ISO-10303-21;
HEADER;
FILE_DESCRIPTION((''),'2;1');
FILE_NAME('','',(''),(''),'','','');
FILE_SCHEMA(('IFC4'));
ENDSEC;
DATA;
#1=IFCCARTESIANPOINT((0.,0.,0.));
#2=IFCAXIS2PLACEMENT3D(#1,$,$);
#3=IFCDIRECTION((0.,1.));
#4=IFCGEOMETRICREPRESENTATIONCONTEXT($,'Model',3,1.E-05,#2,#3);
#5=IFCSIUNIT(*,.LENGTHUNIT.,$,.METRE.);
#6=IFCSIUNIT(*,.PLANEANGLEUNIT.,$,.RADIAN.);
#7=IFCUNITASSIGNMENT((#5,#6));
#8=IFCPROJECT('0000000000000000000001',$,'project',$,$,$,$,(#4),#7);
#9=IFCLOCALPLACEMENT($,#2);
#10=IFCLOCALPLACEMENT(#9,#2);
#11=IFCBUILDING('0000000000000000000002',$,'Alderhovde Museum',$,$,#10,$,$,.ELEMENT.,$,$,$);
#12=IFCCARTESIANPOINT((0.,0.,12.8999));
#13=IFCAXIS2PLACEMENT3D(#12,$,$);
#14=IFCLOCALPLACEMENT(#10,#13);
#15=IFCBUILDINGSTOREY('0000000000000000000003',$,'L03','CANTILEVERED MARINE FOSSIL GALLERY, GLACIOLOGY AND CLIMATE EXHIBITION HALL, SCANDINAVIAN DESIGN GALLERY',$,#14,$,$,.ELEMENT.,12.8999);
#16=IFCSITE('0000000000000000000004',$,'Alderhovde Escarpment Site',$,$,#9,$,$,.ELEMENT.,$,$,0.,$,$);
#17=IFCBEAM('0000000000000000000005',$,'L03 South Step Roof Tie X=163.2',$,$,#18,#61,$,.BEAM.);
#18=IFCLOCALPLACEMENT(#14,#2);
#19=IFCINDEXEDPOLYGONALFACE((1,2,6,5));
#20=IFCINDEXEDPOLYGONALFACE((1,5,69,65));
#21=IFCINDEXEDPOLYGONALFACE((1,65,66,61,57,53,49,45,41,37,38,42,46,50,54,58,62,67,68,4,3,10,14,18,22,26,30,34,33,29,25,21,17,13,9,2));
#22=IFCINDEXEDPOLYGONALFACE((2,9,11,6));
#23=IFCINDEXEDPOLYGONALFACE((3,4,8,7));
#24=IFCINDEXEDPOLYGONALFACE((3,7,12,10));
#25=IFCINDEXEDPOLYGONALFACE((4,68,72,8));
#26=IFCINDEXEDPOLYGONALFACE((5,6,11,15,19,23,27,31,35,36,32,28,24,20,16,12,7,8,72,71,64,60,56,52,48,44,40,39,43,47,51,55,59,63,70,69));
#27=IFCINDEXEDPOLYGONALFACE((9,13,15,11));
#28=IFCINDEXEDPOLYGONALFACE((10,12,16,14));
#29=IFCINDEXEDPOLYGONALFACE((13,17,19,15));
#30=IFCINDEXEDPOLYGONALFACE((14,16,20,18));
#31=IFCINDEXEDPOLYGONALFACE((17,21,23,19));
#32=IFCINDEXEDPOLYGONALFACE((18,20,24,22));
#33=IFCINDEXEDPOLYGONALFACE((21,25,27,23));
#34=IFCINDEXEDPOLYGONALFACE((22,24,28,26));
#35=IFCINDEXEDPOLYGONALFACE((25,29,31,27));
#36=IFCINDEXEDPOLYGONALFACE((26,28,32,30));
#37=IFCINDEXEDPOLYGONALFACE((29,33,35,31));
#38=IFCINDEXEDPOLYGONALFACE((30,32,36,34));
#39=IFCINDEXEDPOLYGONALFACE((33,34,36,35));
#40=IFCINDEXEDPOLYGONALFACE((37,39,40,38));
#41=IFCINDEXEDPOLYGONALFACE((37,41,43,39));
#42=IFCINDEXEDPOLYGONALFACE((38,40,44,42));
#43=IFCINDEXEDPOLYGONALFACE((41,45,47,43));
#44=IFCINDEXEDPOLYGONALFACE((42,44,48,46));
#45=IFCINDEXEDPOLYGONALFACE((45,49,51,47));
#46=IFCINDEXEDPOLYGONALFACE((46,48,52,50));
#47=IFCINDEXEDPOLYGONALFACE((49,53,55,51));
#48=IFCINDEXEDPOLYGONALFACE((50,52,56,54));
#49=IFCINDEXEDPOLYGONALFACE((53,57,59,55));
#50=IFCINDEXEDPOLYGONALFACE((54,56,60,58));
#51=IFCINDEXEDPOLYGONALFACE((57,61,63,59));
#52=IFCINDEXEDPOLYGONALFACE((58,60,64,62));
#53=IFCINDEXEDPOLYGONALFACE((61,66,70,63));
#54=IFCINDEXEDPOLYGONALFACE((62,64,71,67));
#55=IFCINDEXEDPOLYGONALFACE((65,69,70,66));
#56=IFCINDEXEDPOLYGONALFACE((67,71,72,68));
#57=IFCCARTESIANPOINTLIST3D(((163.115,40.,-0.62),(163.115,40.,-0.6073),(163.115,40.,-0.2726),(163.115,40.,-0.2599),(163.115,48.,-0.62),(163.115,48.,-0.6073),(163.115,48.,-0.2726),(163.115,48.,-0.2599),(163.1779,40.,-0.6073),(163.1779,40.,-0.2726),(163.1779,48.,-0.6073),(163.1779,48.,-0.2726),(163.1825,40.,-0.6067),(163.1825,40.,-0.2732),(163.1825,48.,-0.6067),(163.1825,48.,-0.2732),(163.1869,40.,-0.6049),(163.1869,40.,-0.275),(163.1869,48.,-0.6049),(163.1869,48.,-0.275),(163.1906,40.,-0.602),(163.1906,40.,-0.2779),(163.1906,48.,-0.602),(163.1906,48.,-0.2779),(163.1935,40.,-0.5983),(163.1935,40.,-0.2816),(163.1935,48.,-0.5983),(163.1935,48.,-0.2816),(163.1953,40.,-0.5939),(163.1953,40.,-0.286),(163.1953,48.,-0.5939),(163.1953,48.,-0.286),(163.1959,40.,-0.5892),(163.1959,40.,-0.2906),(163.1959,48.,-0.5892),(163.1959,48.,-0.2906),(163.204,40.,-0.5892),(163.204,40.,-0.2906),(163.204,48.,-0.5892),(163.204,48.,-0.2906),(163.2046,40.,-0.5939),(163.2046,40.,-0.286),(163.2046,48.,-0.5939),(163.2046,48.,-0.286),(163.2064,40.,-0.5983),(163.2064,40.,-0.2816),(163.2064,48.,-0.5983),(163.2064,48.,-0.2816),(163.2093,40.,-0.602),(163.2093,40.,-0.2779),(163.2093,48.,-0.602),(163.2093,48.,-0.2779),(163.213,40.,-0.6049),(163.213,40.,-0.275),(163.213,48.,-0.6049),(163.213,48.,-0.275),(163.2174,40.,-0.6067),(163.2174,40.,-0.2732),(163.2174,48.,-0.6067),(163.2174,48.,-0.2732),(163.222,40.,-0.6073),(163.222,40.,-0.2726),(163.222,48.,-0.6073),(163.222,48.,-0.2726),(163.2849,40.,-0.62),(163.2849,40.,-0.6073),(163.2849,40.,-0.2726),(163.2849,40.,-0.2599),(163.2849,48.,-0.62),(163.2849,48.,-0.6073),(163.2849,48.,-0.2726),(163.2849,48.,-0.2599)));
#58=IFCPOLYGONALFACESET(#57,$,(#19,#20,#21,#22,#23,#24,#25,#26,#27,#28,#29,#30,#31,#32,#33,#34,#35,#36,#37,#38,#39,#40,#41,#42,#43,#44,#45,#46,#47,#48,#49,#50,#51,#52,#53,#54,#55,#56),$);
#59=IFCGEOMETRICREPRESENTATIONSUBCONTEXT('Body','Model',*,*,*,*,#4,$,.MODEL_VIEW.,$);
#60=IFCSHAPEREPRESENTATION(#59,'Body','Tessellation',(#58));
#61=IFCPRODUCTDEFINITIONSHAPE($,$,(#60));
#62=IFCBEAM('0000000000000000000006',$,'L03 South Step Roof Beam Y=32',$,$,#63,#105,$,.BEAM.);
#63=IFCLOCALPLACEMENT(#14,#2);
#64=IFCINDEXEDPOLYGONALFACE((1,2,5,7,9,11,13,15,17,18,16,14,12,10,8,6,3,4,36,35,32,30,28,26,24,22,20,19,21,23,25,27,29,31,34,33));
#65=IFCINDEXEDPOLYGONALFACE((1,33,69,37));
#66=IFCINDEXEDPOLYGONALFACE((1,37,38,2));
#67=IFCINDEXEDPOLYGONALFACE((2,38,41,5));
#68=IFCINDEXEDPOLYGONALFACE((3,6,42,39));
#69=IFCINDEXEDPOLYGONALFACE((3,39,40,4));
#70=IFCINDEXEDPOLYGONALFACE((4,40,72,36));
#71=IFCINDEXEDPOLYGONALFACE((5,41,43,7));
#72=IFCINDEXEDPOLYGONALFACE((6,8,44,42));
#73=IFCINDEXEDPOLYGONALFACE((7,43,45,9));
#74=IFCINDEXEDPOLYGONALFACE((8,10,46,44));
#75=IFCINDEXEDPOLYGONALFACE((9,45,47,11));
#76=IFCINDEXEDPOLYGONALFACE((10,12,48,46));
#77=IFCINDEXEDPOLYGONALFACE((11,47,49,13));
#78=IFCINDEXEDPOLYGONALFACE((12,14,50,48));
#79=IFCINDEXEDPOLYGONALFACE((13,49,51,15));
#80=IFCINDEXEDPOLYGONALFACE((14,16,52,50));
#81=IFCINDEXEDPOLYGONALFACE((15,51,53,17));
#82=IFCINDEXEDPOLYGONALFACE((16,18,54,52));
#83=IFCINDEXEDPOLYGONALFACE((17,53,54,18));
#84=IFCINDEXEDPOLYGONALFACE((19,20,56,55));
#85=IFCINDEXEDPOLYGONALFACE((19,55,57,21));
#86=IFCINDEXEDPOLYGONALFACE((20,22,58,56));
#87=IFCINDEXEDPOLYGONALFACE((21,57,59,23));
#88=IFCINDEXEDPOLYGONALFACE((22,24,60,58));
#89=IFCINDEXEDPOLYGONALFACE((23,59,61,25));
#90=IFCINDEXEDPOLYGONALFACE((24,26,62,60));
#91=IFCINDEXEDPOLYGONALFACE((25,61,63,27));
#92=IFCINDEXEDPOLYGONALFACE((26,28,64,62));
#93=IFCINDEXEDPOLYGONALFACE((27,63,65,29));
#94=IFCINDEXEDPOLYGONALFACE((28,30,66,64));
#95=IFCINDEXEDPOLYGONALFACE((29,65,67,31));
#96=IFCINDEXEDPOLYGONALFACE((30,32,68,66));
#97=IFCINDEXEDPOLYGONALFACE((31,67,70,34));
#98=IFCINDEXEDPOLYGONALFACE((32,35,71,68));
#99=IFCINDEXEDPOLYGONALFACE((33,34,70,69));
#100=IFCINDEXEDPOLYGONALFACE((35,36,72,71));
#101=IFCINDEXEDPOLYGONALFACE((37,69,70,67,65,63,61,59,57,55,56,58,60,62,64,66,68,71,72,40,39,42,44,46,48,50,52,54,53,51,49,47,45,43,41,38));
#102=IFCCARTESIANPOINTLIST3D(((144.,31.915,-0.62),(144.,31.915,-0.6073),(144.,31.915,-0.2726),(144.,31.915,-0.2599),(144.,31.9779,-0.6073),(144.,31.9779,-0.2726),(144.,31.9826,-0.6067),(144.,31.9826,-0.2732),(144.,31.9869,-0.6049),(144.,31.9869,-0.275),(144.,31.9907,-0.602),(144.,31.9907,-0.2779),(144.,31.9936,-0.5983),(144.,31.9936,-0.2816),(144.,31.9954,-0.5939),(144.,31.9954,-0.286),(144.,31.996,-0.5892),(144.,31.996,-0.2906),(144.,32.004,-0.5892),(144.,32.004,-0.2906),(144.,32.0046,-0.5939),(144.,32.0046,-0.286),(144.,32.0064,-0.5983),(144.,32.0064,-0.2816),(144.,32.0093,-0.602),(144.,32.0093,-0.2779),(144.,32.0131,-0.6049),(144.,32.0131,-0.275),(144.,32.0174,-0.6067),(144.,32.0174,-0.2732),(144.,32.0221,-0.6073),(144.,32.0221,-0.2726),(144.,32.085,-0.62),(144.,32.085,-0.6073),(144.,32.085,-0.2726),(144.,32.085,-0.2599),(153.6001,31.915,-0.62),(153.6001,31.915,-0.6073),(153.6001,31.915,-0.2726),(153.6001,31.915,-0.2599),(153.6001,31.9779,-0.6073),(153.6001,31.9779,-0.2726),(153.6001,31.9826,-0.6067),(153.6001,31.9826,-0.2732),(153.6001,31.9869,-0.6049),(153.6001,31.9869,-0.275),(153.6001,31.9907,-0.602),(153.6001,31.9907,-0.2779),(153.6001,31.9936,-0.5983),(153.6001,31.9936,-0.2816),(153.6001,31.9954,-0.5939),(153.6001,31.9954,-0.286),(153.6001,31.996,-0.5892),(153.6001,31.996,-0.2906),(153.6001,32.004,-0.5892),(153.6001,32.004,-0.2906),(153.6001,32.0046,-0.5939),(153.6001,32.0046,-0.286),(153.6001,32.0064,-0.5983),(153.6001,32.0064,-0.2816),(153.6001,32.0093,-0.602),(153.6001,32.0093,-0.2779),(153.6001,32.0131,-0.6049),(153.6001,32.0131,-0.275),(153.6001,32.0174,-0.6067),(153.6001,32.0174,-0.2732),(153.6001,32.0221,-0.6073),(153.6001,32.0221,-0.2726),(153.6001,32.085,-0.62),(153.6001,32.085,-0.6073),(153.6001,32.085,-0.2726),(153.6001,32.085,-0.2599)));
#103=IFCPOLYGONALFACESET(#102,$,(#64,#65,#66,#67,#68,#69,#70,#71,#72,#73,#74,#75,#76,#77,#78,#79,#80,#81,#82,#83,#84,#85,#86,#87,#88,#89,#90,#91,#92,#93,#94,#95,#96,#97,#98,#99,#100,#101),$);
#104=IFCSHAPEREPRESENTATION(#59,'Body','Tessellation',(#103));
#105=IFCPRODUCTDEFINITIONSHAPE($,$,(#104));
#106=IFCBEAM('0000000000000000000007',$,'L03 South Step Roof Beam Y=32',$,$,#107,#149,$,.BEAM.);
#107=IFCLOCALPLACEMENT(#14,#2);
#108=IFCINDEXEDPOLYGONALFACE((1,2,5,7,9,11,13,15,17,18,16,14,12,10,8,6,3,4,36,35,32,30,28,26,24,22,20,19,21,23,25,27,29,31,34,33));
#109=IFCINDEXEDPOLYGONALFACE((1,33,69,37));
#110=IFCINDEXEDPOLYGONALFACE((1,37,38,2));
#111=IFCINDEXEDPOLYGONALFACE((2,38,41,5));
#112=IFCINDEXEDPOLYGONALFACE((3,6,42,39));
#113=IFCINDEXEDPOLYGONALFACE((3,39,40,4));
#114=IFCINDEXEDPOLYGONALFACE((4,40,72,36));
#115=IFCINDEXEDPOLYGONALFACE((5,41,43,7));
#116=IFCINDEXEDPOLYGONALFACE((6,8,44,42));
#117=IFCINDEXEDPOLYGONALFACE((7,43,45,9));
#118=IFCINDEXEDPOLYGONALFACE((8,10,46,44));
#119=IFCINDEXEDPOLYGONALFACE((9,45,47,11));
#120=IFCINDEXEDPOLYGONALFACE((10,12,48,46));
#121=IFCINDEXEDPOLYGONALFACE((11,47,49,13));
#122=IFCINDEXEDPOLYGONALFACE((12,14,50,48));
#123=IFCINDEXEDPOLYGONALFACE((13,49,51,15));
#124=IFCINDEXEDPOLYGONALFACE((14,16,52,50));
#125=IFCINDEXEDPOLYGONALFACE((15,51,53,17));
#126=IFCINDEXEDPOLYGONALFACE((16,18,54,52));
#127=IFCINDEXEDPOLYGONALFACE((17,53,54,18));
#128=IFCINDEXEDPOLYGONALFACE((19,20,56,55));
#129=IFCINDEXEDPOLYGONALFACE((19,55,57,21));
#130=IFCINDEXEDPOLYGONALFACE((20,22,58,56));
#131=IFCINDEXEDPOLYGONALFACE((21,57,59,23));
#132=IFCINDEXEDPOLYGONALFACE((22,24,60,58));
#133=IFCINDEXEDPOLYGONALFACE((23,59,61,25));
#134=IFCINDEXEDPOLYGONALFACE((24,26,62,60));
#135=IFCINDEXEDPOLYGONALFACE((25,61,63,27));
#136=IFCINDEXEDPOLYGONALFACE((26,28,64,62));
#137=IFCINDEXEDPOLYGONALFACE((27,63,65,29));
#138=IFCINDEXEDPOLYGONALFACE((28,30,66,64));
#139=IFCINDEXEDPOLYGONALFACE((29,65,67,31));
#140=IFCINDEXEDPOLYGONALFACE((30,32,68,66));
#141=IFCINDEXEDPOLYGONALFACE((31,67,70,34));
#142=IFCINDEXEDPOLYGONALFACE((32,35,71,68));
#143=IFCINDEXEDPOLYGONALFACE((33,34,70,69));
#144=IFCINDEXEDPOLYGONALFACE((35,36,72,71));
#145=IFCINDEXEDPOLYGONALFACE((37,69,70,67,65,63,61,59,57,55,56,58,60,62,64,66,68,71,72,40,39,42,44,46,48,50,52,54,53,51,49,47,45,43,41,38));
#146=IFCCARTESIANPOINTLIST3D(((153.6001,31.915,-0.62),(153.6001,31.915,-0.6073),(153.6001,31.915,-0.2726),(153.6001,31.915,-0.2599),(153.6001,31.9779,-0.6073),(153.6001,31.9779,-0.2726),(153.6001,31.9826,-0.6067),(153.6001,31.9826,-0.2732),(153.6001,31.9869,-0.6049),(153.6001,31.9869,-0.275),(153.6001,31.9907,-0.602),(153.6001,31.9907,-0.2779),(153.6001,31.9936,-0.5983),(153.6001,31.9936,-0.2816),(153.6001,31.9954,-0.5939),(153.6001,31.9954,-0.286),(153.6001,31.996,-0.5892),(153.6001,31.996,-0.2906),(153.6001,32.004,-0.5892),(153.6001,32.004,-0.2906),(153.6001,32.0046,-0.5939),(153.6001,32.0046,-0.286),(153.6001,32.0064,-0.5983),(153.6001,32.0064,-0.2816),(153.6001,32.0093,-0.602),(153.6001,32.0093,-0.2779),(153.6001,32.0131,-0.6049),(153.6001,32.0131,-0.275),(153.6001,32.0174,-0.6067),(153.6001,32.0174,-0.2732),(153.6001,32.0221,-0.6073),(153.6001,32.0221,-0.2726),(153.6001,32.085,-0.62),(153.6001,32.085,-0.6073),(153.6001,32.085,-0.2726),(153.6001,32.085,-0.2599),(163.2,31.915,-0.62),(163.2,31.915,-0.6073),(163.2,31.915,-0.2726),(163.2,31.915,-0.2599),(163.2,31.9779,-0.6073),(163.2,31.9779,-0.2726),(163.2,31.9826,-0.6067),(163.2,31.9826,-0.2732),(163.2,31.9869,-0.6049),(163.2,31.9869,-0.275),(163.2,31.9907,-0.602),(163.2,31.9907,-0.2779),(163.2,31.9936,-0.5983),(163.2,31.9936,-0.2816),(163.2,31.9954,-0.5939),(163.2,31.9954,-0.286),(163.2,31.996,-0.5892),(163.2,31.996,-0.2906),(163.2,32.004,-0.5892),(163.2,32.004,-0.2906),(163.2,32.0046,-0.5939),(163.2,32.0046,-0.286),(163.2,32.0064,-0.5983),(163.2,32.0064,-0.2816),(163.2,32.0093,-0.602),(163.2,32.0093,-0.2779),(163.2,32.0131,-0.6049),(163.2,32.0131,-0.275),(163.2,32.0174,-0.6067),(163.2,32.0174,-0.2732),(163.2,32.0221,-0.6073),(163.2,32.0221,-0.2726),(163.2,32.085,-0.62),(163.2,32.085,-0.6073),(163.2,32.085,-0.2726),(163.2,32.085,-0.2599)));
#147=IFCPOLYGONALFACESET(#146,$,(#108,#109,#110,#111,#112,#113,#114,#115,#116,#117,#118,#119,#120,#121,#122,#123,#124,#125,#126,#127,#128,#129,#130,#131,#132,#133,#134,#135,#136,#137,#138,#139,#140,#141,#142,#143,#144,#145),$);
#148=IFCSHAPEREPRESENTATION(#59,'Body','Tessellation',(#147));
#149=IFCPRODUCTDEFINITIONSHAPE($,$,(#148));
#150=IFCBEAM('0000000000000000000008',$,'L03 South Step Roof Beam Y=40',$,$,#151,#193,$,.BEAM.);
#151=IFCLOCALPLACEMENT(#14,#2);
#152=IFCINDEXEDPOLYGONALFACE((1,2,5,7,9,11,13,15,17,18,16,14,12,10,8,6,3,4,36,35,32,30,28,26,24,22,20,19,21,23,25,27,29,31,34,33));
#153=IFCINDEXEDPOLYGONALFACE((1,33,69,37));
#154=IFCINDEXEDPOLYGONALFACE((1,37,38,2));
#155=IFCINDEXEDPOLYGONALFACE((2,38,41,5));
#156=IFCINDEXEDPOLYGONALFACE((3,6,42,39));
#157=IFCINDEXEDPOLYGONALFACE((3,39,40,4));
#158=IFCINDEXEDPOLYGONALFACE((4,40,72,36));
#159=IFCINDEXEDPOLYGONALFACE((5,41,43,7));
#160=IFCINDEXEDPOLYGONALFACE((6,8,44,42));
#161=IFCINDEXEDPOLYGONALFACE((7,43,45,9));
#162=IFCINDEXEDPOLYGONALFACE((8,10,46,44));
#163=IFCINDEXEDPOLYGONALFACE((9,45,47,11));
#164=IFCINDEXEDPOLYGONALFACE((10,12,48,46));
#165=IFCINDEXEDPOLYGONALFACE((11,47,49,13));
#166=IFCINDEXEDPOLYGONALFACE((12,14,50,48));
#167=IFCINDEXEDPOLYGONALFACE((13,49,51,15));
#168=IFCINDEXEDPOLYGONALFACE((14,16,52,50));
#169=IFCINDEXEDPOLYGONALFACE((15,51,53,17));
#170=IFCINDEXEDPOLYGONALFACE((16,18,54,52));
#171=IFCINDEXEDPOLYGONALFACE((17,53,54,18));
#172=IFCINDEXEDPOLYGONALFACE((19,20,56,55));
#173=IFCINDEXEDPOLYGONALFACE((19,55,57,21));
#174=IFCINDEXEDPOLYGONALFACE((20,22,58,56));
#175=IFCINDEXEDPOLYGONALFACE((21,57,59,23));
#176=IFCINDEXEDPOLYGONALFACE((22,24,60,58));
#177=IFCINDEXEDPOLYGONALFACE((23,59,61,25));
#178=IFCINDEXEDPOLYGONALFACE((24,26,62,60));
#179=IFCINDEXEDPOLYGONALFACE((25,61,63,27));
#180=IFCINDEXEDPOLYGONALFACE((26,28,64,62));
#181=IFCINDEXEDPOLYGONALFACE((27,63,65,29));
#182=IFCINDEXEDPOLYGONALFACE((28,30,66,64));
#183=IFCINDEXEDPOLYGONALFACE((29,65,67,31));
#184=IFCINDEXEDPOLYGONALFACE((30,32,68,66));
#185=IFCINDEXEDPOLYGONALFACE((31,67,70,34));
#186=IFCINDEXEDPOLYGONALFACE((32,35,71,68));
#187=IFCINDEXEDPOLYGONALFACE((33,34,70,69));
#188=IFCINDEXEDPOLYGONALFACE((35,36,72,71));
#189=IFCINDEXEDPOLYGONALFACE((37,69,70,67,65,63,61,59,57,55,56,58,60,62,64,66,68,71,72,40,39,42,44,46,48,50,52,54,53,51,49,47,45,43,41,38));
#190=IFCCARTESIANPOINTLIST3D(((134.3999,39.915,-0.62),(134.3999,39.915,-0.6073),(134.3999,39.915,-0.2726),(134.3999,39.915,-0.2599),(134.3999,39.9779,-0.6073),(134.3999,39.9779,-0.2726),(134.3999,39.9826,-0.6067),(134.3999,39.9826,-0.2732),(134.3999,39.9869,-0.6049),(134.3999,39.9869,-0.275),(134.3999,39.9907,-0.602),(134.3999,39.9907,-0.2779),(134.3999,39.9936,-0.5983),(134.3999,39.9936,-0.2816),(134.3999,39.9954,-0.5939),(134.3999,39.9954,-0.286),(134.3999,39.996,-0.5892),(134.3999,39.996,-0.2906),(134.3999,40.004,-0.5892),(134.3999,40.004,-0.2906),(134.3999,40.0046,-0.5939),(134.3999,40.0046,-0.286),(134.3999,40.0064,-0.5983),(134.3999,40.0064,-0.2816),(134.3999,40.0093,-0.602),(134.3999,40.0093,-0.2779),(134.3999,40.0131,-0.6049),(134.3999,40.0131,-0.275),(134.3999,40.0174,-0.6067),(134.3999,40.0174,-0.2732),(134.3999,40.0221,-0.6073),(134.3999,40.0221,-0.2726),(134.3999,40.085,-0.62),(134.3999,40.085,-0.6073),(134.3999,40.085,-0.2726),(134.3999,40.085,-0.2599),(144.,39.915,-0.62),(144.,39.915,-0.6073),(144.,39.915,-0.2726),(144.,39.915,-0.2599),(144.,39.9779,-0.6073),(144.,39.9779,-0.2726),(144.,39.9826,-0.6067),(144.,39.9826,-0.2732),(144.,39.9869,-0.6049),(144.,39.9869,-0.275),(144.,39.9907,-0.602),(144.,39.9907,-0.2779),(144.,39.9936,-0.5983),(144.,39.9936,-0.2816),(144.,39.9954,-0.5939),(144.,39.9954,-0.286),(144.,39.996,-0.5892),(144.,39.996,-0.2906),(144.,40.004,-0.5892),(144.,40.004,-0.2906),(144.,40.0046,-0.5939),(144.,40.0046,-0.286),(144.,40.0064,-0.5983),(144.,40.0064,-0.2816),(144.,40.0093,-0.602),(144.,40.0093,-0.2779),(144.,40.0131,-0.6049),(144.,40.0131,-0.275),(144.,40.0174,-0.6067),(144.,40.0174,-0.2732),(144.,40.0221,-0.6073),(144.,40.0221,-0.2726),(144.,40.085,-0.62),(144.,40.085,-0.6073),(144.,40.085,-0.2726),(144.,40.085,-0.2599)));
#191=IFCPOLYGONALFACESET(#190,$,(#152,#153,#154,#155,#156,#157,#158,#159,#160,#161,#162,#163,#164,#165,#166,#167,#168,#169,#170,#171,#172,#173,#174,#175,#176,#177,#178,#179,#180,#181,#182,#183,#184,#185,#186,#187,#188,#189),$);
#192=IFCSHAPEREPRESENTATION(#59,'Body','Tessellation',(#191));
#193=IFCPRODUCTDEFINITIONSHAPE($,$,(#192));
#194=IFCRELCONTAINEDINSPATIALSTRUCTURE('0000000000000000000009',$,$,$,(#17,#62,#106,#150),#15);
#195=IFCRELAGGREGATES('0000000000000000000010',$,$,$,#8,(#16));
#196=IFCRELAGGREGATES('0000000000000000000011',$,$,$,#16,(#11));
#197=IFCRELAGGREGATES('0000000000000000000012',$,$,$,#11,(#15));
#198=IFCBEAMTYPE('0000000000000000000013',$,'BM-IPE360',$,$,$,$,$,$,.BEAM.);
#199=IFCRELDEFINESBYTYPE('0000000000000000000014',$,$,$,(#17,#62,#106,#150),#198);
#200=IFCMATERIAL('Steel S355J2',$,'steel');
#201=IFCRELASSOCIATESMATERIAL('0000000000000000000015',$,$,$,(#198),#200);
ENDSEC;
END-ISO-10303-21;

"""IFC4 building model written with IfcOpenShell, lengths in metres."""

from ifc_helpers import new_model, si_unit, direction, frame, origin, origin_2d, place, context, subcontext, project, spatial, i_section, extrude, material, material_profile, profile_set, type_object, element, save


model = new_model("IFC4")

# Units and contexts
model_context = context("Model", 3, precision=1e-05, world=origin(), true_north=direction((0.0, 1.0)))
body_context = subcontext(model_context, "Body", "Model", "MODEL_VIEW")
ifc_project = project(units=[si_unit("LENGTHUNIT", "METRE"), si_unit("PLANEANGLEUNIT", "RADIAN")], contexts=[model_context])

# Site, building, storey
site_placement = place(None, origin())
site = spatial("IfcSite", under=ifc_project, at=site_placement, Name="Alderhovde Escarpment Site", CompositionType="ELEMENT", RefElevation=0.0)
building_placement = place(site_placement, origin())
building = spatial("IfcBuilding", under=site, at=building_placement, Name="Alderhovde Museum", CompositionType="ELEMENT")
storey_placement = place(building_placement, frame((0.0, 0.0, 12.8999)))
storey = spatial("IfcBuildingStorey", under=building, at=storey_placement, Name="L03", Description="CANTILEVERED MARINE FOSSIL GALLERY, GLACIOLOGY AND CLIMATE EXHIBITION HALL, SCANDINAVIAN DESIGN GALLERY", CompositionType="ELEMENT", Elevation=12.8999)

# Beams
ifc_material_1 = material(Name="Steel S355J2", Category="steel")
ifc_material_profile_1 = material_profile(ifc_material_1, i_section(OverallWidth=0.1699, OverallDepth=0.3601, WebThickness=0.0081, FlangeThickness=0.0127, FilletRadius=0.0181, at=origin_2d()), Name="IPE 360")
ifc_profile_set_1 = profile_set([ifc_material_profile_1], Name="Steel S355J2")
beam_type_1 = type_object("IfcBeamType", Name="BM-IPE360", PredefinedType="BEAM", material=ifc_profile_set_1)
for number, where, z_axis, x_axis, name in (
    (1, (163.2, 40.0, -0.4399), (0.0, 1.0, 0.0), (-1.0, 0.0, 0.0), "L03 South Step Roof Tie X=163.2"),
):
    element("IfcBeam", number, at=place(storey_placement, frame(where, z_axis=z_axis, x_axis=x_axis)), inside=storey, type_object=beam_type_1, Name=name, PredefinedType="BEAM", context=body_context, shape_type="SweptSolid", body=[
        extrude(i_section(OverallWidth=0.1699, OverallDepth=0.3601, WebThickness=0.0081, FlangeThickness=0.0127, FilletRadius=0.0181, at=origin_2d()), origin(), (0.0, 0.0, 1.0), 8.0),
    ])
beam_1_placement = place(storey_placement, frame((144.0, 32.0, -0.4399), z_axis=(1.0, 0.0, 0.0), x_axis=(0.0, 1.0, 0.0)))
element("IfcBeam", 2, at=beam_1_placement, inside=storey, type_object=beam_type_1, Name="L03 South Step Roof Beam Y=32", PredefinedType="BEAM", context=body_context, shape_type="SweptSolid", body=[
    extrude(i_section(OverallWidth=0.1699, OverallDepth=0.3601, WebThickness=0.0081, FlangeThickness=0.0127, FilletRadius=0.0181, at=origin_2d()), origin(), (0.0, 0.0, 1.0), 9.6001),
])
beam_2_placement = place(storey_placement, frame((153.6001, 32.0, -0.4399), z_axis=(1.0, 0.0, 0.0), x_axis=(0.0, 1.0, 0.0)))
element("IfcBeam", 3, at=beam_2_placement, inside=storey, type_object=beam_type_1, Name="L03 South Step Roof Beam Y=32", PredefinedType="BEAM", context=body_context, shape_type="SweptSolid", body=[
    extrude(i_section(OverallWidth=0.1699, OverallDepth=0.3601, WebThickness=0.0081, FlangeThickness=0.0127, FilletRadius=0.0181, at=origin_2d()), origin(), (0.0, 0.0, 1.0), 9.5999),
])
for number, where, z_axis, x_axis, name in (
    (4, (134.3999, 40.0, -0.4399), (1.0, 0.0, 0.0), (0.0, 1.0, 0.0), "L03 South Step Roof Beam Y=40"),
):
    element("IfcBeam", number, at=place(storey_placement, frame(where, z_axis=z_axis, x_axis=x_axis)), inside=storey, type_object=beam_type_1, Name=name, PredefinedType="BEAM", context=body_context, shape_type="SweptSolid", body=[
        extrude(i_section(OverallWidth=0.1699, OverallDepth=0.3601, WebThickness=0.0081, FlangeThickness=0.0127, FilletRadius=0.0181, at=origin_2d()), origin(), (0.0, 0.0, 1.0), 9.6001),
    ])

save(model, "model.ifc")
